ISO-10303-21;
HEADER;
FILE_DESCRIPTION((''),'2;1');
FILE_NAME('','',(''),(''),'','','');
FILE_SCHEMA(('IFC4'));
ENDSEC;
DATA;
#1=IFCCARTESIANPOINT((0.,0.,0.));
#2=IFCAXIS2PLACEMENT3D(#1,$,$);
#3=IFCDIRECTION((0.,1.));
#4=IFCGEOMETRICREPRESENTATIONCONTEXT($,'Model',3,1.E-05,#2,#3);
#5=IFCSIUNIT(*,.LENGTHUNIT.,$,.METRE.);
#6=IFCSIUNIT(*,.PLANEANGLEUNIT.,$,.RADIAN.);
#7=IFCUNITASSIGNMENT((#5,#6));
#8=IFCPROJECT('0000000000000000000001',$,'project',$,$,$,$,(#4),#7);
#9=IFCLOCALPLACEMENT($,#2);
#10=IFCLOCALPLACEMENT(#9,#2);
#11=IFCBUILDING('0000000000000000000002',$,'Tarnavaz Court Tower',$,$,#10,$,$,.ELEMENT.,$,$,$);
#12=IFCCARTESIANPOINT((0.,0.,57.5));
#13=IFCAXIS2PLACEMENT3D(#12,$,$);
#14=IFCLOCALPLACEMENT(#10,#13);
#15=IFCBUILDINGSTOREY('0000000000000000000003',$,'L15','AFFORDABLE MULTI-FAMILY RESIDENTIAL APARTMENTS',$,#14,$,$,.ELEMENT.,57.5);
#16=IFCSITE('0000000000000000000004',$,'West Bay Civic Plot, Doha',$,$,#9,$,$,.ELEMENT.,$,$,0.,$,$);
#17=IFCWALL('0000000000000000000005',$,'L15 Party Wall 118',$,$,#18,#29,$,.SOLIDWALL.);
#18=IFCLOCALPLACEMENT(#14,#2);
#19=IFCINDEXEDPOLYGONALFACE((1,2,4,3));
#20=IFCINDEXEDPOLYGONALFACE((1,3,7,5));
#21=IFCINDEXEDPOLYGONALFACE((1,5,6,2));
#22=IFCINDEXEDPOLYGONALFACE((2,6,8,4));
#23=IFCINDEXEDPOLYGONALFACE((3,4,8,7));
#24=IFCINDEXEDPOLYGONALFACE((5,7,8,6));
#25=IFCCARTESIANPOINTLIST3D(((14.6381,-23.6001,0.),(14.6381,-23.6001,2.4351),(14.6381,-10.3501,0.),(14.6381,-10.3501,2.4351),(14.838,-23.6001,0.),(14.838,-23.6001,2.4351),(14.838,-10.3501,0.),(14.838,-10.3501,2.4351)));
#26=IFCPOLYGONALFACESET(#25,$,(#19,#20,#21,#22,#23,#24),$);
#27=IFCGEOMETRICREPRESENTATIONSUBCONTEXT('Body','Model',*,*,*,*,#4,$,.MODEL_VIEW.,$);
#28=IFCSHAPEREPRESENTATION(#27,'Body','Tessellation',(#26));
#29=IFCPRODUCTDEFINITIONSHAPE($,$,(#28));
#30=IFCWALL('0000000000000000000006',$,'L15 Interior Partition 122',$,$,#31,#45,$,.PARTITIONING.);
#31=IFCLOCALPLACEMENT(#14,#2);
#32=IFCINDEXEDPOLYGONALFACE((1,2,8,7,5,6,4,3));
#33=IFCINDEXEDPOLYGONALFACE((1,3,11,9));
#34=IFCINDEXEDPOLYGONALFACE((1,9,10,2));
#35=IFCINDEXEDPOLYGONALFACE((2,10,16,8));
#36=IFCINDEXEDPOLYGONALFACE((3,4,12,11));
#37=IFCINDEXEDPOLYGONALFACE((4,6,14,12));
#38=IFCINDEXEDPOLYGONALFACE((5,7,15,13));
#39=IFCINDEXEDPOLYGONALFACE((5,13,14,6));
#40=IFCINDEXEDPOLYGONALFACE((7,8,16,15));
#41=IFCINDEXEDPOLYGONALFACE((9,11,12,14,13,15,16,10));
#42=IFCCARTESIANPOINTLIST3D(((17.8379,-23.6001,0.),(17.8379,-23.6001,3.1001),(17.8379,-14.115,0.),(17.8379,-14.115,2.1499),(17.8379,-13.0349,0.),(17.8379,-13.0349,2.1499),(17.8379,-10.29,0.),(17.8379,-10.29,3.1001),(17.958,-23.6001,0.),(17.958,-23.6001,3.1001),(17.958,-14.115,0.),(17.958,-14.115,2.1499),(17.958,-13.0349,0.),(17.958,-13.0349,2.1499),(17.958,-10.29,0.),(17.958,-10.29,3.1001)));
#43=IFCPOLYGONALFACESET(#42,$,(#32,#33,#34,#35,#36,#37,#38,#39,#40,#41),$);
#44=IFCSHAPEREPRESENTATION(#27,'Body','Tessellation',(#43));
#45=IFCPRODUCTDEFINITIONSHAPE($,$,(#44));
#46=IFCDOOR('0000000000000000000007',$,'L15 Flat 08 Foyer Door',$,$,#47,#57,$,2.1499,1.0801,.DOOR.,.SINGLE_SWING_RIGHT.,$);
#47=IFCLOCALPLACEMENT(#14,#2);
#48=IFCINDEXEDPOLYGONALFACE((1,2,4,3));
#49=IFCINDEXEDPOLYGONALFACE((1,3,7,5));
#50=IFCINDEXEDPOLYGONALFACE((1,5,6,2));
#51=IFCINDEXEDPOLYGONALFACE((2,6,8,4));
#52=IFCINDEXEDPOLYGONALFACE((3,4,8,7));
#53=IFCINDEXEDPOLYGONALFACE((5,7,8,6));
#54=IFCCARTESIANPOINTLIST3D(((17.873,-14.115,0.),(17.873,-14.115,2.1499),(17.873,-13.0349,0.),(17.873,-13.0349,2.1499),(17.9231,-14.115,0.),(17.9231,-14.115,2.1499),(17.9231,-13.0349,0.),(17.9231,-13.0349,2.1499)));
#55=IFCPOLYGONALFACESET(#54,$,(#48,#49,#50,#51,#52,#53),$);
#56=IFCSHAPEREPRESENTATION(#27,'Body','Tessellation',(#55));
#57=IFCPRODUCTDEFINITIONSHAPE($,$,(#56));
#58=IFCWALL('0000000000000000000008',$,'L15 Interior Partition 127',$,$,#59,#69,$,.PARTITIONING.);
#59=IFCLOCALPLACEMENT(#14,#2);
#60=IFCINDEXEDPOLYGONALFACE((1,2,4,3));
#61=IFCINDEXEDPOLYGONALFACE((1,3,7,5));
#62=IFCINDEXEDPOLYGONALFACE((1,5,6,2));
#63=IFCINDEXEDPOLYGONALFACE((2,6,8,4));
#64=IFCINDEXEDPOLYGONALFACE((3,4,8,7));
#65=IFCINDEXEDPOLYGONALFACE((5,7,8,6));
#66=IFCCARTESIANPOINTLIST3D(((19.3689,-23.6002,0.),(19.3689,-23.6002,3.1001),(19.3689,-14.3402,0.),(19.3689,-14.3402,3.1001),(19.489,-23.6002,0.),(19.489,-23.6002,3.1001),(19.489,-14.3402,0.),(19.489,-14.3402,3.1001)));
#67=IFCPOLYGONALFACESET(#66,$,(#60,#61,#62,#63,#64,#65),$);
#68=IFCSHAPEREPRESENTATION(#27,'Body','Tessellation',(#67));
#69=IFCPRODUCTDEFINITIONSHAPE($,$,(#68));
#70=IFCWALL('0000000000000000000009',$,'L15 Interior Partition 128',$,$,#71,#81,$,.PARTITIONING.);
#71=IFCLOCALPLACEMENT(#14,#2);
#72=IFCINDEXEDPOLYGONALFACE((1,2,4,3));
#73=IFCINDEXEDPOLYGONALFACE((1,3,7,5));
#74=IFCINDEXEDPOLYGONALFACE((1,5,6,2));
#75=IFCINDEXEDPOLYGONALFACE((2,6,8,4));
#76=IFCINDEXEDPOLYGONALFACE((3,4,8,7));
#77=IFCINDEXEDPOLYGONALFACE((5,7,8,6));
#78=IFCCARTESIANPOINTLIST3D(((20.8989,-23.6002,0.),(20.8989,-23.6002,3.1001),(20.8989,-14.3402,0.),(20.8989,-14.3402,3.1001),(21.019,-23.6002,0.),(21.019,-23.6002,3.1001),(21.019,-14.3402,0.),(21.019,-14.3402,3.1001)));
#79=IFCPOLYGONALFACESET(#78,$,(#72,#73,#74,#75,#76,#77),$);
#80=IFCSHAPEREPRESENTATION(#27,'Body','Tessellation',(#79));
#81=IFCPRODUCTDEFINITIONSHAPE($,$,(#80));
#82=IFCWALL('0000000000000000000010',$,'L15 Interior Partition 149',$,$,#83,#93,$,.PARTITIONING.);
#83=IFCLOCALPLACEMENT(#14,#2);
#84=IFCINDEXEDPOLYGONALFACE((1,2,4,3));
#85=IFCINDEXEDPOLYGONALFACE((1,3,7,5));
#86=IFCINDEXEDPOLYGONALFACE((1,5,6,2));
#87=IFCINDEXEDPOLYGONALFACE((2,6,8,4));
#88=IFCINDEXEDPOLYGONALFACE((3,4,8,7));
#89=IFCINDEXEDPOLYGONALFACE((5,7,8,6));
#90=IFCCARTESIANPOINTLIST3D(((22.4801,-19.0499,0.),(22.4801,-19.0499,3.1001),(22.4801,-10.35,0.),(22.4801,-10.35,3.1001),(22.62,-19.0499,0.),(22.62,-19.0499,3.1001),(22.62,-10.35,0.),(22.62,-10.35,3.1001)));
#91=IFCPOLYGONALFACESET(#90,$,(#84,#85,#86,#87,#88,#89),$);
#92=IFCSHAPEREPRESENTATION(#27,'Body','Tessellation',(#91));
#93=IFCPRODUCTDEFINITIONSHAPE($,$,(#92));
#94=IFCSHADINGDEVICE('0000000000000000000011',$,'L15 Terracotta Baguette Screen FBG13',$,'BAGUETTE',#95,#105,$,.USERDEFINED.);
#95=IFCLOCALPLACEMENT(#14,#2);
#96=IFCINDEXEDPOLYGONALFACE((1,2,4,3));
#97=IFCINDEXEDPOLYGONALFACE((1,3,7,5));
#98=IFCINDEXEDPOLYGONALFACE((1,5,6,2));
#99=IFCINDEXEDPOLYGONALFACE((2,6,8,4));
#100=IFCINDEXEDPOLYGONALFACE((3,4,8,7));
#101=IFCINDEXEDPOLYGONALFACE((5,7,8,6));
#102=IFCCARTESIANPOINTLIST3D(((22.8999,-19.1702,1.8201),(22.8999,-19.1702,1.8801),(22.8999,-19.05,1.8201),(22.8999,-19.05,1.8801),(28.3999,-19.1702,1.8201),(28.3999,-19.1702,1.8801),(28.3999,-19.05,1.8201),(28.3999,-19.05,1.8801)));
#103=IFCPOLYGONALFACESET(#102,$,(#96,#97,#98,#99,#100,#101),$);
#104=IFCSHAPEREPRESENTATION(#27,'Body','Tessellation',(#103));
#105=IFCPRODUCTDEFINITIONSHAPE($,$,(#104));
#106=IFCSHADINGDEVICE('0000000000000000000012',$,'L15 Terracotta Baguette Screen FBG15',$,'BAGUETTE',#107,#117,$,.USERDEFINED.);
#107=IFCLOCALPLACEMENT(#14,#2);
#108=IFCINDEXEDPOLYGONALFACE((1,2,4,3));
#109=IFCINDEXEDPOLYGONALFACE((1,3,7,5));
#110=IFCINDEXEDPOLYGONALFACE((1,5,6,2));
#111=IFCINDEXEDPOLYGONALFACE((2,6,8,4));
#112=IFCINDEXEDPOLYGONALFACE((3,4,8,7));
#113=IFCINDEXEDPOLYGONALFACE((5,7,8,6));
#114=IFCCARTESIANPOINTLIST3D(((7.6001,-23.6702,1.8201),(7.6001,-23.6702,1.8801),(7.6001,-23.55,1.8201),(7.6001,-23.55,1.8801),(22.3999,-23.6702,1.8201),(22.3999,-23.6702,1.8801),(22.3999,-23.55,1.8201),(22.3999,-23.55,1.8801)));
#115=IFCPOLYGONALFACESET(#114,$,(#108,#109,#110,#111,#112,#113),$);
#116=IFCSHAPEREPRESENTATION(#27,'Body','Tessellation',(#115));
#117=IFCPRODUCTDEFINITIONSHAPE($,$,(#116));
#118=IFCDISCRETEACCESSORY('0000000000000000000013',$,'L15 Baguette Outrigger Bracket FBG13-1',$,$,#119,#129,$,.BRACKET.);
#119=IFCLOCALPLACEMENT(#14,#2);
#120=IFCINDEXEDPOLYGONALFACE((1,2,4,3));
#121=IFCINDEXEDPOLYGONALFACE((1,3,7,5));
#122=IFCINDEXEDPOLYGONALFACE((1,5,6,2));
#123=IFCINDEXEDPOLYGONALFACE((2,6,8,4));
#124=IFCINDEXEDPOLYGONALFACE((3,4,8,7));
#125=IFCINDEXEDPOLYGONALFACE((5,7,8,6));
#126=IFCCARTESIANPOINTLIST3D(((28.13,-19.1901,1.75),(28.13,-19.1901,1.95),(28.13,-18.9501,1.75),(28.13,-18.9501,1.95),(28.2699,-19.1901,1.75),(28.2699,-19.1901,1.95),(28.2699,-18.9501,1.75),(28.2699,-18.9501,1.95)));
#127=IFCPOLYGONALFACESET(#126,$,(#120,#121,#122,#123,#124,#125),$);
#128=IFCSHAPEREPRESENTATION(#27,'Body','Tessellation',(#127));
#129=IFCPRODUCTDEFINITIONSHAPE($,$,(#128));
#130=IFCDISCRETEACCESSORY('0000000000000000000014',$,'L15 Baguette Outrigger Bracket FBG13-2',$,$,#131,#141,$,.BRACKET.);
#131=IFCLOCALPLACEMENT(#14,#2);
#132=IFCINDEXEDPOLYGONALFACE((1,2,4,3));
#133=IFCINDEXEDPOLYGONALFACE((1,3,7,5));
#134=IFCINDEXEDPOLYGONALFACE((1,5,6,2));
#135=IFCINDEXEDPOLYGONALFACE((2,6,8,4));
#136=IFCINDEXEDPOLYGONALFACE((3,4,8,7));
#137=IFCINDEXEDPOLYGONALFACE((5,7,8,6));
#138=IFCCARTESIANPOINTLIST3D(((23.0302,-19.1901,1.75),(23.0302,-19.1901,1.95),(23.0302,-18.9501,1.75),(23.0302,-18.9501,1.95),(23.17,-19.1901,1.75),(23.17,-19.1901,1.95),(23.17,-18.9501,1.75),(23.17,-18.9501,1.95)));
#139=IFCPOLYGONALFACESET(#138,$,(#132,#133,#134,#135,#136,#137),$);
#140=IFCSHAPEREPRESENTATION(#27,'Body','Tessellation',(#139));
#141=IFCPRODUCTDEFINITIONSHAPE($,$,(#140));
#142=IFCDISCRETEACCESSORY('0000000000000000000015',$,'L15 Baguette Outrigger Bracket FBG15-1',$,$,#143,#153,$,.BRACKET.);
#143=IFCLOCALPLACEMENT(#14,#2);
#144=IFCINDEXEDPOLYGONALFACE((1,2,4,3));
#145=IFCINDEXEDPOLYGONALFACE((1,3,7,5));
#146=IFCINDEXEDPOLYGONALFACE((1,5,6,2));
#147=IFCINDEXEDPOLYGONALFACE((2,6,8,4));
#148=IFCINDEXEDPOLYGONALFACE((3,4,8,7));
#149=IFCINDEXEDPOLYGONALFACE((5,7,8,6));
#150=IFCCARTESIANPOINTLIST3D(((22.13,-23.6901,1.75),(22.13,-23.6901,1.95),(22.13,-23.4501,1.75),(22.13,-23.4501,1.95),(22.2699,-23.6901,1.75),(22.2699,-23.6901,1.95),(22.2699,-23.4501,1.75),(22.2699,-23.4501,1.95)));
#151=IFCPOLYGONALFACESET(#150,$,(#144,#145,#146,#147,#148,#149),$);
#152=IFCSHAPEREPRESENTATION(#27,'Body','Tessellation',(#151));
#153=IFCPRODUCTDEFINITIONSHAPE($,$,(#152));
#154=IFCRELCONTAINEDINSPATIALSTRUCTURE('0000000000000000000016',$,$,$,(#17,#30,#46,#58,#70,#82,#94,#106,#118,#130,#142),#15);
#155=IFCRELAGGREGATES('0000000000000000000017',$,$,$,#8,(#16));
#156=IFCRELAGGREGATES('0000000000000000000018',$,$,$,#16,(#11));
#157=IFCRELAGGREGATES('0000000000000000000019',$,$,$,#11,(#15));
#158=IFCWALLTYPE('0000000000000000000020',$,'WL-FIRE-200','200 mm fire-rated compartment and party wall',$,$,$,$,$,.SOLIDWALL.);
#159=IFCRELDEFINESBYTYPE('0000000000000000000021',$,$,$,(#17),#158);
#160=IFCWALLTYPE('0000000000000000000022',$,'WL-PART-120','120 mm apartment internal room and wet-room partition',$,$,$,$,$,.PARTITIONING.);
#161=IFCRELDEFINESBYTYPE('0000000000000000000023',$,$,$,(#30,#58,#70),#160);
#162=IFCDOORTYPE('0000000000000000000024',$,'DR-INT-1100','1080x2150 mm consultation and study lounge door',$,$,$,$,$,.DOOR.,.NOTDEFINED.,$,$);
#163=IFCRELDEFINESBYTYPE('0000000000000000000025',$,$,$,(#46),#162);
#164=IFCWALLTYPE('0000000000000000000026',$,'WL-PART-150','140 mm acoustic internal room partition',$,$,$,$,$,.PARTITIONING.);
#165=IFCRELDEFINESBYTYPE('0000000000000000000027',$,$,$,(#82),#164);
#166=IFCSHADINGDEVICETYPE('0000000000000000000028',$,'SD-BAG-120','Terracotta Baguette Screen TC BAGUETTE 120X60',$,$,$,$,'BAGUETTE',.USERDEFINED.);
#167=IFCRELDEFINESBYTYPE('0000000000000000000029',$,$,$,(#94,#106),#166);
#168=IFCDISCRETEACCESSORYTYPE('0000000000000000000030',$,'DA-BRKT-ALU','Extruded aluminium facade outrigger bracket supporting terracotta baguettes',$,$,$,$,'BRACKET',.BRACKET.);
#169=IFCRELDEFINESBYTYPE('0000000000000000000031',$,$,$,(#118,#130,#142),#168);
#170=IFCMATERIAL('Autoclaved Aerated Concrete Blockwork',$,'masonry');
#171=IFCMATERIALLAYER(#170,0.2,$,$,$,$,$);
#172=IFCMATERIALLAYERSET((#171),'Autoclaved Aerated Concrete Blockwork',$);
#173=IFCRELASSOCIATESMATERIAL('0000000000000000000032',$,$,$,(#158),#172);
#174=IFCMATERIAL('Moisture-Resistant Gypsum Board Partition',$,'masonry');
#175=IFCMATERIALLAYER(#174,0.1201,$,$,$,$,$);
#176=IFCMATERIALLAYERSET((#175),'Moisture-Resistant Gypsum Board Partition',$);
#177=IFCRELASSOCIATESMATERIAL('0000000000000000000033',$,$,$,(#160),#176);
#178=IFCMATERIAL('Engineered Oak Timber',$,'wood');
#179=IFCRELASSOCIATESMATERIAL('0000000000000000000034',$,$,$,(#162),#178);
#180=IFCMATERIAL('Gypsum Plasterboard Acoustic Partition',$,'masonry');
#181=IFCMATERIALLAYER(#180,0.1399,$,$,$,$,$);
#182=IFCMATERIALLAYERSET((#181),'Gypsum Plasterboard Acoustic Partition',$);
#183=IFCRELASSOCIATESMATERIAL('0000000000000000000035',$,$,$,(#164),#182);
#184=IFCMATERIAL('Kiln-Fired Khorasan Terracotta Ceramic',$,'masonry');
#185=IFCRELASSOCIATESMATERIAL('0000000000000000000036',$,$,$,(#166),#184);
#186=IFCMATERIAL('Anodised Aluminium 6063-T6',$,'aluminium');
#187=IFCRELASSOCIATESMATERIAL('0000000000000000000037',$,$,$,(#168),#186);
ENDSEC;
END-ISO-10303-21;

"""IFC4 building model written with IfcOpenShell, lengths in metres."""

from ifc_helpers import new_model, si_unit, direction, frame, frame_2d, origin, origin_2d, place, context, subcontext, project, spatial, rectangle, extrude, material, layer, layer_set, material_profile, profile_set, type_object, element, fill, save


model = new_model("IFC4")

# Units and contexts
model_context = context("Model", 3, precision=1e-05, world=origin(), true_north=direction((0.0, 1.0)))
body_context = subcontext(model_context, "Body", "Model", "MODEL_VIEW")
ifc_project = project(units=[si_unit("LENGTHUNIT", "METRE"), si_unit("PLANEANGLEUNIT", "RADIAN")], contexts=[model_context])

# Site, building, storey
site_placement = place(None, origin())
site = spatial("IfcSite", under=ifc_project, at=site_placement, Name="West Bay Civic Plot, Doha", CompositionType="ELEMENT", RefElevation=0.0)
building_placement = place(site_placement, origin())
building = spatial("IfcBuilding", under=site, at=building_placement, Name="Tarnavaz Court Tower", CompositionType="ELEMENT")
storey_placement = place(building_placement, frame((0.0, 0.0, 57.5)))
storey = spatial("IfcBuildingStorey", under=building, at=storey_placement, Name="L15", Description="AFFORDABLE MULTI-FAMILY RESIDENTIAL APARTMENTS", CompositionType="ELEMENT", Elevation=57.5)

# Wall
ifc_material_1 = material(Name="Autoclaved Aerated Concrete Blockwork", Category="masonry")
ifc_layer_1 = layer(ifc_material_1, 0.2)
ifc_layer_set_1 = layer_set([ifc_layer_1], Name="Autoclaved Aerated Concrete Blockwork")
wall_type_1 = type_object("IfcWallType", Name="WL-FIRE-200", Description="200 mm fire-rated compartment and party wall", PredefinedType="SOLIDWALL", material=ifc_layer_set_1)
wall_1_placement = place(storey_placement, frame((14.738, -23.6001, 0.0), z_axis=(0.0, 0.0, 1.0), x_axis=(0.0, 1.0, 0.0)))
element("IfcWall", 1, at=wall_1_placement, inside=storey, type_object=wall_type_1, Name="L15 Party Wall 118", PredefinedType="SOLIDWALL", context=body_context, shape_type="SweptSolid", body=[
    extrude(rectangle(XDim=13.25, YDim=0.2, at=frame_2d((6.625, 0.0))), origin(), (0.0, 0.0, 1.0), 2.4351),
])

# Wall, opening, door
ifc_material_2 = material(Name="Moisture-Resistant Gypsum Board Partition", Category="masonry")
ifc_layer_2 = layer(ifc_material_2, 0.1201)
ifc_layer_set_2 = layer_set([ifc_layer_2], Name="Moisture-Resistant Gypsum Board Partition")
wall_type_2 = type_object("IfcWallType", Name="WL-PART-120", Description="120 mm apartment internal room and wet-room partition", PredefinedType="PARTITIONING", material=ifc_layer_set_2)
wall_2_placement = place(storey_placement, frame((17.8979, -23.6001, 0.0), z_axis=(0.0, 0.0, 1.0), x_axis=(0.0, 1.0, 0.0)))
wall_2 = element("IfcWall", 2, at=wall_2_placement, inside=storey, type_object=wall_type_2, Name="L15 Interior Partition 122", PredefinedType="PARTITIONING", context=body_context, shape_type="SweptSolid", body=[
    extrude(rectangle(XDim=13.3101, YDim=0.1201, at=frame_2d((6.655, 0.0))), origin(), (0.0, 0.0, 1.0), 3.1001),
])
opening_1_placement = place(wall_2_placement, frame((9.4851, 0.0, 0.0)))
opening_1 = element("IfcOpeningElement", 3, at=opening_1_placement, cuts=wall_2, PredefinedType="OPENING", context=body_context, shape_type="SweptSolid", body=[
    extrude(rectangle(XDim=1.0801, YDim=2.1499, at=frame_2d((0.54, 1.075))), frame((0.0, 0.0701, 0.0), z_axis=(0.0, -1.0, 0.0), x_axis=(1.0, 0.0, 0.0)), (0.0, 0.0, 1.0), 0.1401),
])
ifc_material_3 = material(Name="Engineered Oak Timber", Category="wood")
door_type = type_object("IfcDoorType", Name="DR-INT-1100", Description="1080x2150 mm consultation and study lounge door", OperationType="NOTDEFINED", PredefinedType="DOOR", material=ifc_material_3)
door_placement = place(opening_1_placement, origin())
door = element("IfcDoor", 4, at=door_placement, inside=storey, type_object=door_type, Name="L15 Flat 08 Foyer Door", OperationType="SINGLE_SWING_RIGHT", OverallHeight=2.1499, OverallWidth=1.0801, PredefinedType="DOOR", context=body_context, shape_type="SweptSolid", body=[
    extrude(rectangle(XDim=1.0801, YDim=2.1499, at=frame_2d((0.54, 1.075))), frame((0.0, 0.0249, 0.0), z_axis=(0.0, -1.0, 0.0), x_axis=(1.0, 0.0, 0.0)), (0.0, 0.0, 1.0), 0.05),
])
fill(opening_1, door)

# Walls
for number, where, z_axis, x_axis, name in (
    (5, (19.429, -23.6001, 0.0), (0.0, 0.0, 1.0), (0.0, 1.0, 0.0), "L15 Interior Partition 127"),
    (6, (20.959, -23.6001, 0.0), (0.0, 0.0, 1.0), (0.0, 1.0, 0.0), "L15 Interior Partition 128"),
):
    element("IfcWall", number, at=place(storey_placement, frame(where, z_axis=z_axis, x_axis=x_axis)), inside=storey, type_object=wall_type_2, Name=name, PredefinedType="PARTITIONING", context=body_context, shape_type="SweptSolid", body=[
        extrude(rectangle(XDim=9.26, YDim=0.1201, at=frame_2d((4.6299, 0.0))), origin(), (0.0, 0.0, 1.0), 3.1001),
    ])
ifc_material_4 = material(Name="Gypsum Plasterboard Acoustic Partition", Category="masonry")
ifc_layer_3 = layer(ifc_material_4, 0.1399)
ifc_layer_set_3 = layer_set([ifc_layer_3], Name="Gypsum Plasterboard Acoustic Partition")
wall_type_3 = type_object("IfcWallType", Name="WL-PART-150", Description="140 mm acoustic internal room partition", PredefinedType="PARTITIONING", material=ifc_layer_set_3)
wall_3_placement = place(storey_placement, frame((22.55, -19.05, 0.0), z_axis=(0.0, 0.0, 1.0), x_axis=(0.0, 1.0, 0.0)))
element("IfcWall", 7, at=wall_3_placement, inside=storey, type_object=wall_type_3, Name="L15 Interior Partition 149", PredefinedType="PARTITIONING", context=body_context, shape_type="SweptSolid", body=[
    extrude(rectangle(XDim=8.7, YDim=0.1399, at=frame_2d((4.3501, 0.0))), origin(), (0.0, 0.0, 1.0), 3.1001),
])

# Shading devices
ifc_material_5 = material(Name="Kiln-Fired Khorasan Terracotta Ceramic", Category="masonry")
ifc_material_profile_1 = material_profile(ifc_material_5, rectangle(XDim=0.1201, YDim=0.0601, at=origin_2d()), Name="TC BAGUETTE 120X60")
ifc_profile_set_1 = profile_set([ifc_material_profile_1], Name="Kiln-Fired Khorasan Terracotta Ceramic")
shading_device_type = type_object("IfcShadingDeviceType", Name="SD-BAG-120", Description="Terracotta Baguette Screen TC BAGUETTE 120X60", ElementType="BAGUETTE", PredefinedType="USERDEFINED", material=ifc_profile_set_1)
shading_device_1_placement = place(storey_placement, frame((28.3999, -19.1101, 1.8501), z_axis=(-1.0, 0.0, 0.0), x_axis=(0.0, -1.0, 0.0)))
element("IfcShadingDevice", 8, at=shading_device_1_placement, inside=storey, type_object=shading_device_type, Name="L15 Terracotta Baguette Screen FBG13", ObjectType="BAGUETTE", PredefinedType="USERDEFINED", context=body_context, shape_type="SweptSolid", body=[
    extrude(rectangle(XDim=0.1201, YDim=0.0601, at=origin_2d()), origin(), (0.0, 0.0, 1.0), 5.5),
])
shading_device_2_placement = place(storey_placement, frame((22.3999, -23.6101, 1.8501), z_axis=(-1.0, 0.0, 0.0), x_axis=(0.0, -1.0, 0.0)))
element("IfcShadingDevice", 9, at=shading_device_2_placement, inside=storey, type_object=shading_device_type, Name="L15 Terracotta Baguette Screen FBG15", ObjectType="BAGUETTE", PredefinedType="USERDEFINED", context=body_context, shape_type="SweptSolid", body=[
    extrude(rectangle(XDim=0.1201, YDim=0.0601, at=origin_2d()), origin(), (0.0, 0.0, 1.0), 14.7998),
])

# Discrete accessories
ifc_material_6 = material(Name="Anodised Aluminium 6063-T6", Category="aluminium")
discrete_accessory_type = type_object("IfcDiscreteAccessoryType", Name="DA-BRKT-ALU", Description="Extruded aluminium facade outrigger bracket supporting terracotta baguettes", ElementType="BRACKET", PredefinedType="BRACKET", material=ifc_material_6)
for number, where, z_axis, x_axis, name in (
    (10, (28.2, -19.0701, 1.75), (0.0, 0.0, 1.0), (-1.0, 0.0, 0.0), "L15 Baguette Outrigger Bracket FBG13-1"),
    (11, (23.1001, -19.0701, 1.75), (0.0, 0.0, 1.0), (-1.0, 0.0, 0.0), "L15 Baguette Outrigger Bracket FBG13-2"),
    (12, (22.2, -23.5701, 1.75), (0.0, 0.0, 1.0), (-1.0, 0.0, 0.0), "L15 Baguette Outrigger Bracket FBG15-1"),
):
    element("IfcDiscreteAccessory", number, at=place(storey_placement, frame(where, z_axis=z_axis, x_axis=x_axis)), inside=storey, type_object=discrete_accessory_type, Name=name, PredefinedType="BRACKET", context=body_context, shape_type="SweptSolid", body=[
        extrude(rectangle(XDim=0.1399, YDim=0.24, at=origin_2d()), origin(), (0.0, 0.0, 1.0), 0.2),
    ])

save(model, "model.ifc")
